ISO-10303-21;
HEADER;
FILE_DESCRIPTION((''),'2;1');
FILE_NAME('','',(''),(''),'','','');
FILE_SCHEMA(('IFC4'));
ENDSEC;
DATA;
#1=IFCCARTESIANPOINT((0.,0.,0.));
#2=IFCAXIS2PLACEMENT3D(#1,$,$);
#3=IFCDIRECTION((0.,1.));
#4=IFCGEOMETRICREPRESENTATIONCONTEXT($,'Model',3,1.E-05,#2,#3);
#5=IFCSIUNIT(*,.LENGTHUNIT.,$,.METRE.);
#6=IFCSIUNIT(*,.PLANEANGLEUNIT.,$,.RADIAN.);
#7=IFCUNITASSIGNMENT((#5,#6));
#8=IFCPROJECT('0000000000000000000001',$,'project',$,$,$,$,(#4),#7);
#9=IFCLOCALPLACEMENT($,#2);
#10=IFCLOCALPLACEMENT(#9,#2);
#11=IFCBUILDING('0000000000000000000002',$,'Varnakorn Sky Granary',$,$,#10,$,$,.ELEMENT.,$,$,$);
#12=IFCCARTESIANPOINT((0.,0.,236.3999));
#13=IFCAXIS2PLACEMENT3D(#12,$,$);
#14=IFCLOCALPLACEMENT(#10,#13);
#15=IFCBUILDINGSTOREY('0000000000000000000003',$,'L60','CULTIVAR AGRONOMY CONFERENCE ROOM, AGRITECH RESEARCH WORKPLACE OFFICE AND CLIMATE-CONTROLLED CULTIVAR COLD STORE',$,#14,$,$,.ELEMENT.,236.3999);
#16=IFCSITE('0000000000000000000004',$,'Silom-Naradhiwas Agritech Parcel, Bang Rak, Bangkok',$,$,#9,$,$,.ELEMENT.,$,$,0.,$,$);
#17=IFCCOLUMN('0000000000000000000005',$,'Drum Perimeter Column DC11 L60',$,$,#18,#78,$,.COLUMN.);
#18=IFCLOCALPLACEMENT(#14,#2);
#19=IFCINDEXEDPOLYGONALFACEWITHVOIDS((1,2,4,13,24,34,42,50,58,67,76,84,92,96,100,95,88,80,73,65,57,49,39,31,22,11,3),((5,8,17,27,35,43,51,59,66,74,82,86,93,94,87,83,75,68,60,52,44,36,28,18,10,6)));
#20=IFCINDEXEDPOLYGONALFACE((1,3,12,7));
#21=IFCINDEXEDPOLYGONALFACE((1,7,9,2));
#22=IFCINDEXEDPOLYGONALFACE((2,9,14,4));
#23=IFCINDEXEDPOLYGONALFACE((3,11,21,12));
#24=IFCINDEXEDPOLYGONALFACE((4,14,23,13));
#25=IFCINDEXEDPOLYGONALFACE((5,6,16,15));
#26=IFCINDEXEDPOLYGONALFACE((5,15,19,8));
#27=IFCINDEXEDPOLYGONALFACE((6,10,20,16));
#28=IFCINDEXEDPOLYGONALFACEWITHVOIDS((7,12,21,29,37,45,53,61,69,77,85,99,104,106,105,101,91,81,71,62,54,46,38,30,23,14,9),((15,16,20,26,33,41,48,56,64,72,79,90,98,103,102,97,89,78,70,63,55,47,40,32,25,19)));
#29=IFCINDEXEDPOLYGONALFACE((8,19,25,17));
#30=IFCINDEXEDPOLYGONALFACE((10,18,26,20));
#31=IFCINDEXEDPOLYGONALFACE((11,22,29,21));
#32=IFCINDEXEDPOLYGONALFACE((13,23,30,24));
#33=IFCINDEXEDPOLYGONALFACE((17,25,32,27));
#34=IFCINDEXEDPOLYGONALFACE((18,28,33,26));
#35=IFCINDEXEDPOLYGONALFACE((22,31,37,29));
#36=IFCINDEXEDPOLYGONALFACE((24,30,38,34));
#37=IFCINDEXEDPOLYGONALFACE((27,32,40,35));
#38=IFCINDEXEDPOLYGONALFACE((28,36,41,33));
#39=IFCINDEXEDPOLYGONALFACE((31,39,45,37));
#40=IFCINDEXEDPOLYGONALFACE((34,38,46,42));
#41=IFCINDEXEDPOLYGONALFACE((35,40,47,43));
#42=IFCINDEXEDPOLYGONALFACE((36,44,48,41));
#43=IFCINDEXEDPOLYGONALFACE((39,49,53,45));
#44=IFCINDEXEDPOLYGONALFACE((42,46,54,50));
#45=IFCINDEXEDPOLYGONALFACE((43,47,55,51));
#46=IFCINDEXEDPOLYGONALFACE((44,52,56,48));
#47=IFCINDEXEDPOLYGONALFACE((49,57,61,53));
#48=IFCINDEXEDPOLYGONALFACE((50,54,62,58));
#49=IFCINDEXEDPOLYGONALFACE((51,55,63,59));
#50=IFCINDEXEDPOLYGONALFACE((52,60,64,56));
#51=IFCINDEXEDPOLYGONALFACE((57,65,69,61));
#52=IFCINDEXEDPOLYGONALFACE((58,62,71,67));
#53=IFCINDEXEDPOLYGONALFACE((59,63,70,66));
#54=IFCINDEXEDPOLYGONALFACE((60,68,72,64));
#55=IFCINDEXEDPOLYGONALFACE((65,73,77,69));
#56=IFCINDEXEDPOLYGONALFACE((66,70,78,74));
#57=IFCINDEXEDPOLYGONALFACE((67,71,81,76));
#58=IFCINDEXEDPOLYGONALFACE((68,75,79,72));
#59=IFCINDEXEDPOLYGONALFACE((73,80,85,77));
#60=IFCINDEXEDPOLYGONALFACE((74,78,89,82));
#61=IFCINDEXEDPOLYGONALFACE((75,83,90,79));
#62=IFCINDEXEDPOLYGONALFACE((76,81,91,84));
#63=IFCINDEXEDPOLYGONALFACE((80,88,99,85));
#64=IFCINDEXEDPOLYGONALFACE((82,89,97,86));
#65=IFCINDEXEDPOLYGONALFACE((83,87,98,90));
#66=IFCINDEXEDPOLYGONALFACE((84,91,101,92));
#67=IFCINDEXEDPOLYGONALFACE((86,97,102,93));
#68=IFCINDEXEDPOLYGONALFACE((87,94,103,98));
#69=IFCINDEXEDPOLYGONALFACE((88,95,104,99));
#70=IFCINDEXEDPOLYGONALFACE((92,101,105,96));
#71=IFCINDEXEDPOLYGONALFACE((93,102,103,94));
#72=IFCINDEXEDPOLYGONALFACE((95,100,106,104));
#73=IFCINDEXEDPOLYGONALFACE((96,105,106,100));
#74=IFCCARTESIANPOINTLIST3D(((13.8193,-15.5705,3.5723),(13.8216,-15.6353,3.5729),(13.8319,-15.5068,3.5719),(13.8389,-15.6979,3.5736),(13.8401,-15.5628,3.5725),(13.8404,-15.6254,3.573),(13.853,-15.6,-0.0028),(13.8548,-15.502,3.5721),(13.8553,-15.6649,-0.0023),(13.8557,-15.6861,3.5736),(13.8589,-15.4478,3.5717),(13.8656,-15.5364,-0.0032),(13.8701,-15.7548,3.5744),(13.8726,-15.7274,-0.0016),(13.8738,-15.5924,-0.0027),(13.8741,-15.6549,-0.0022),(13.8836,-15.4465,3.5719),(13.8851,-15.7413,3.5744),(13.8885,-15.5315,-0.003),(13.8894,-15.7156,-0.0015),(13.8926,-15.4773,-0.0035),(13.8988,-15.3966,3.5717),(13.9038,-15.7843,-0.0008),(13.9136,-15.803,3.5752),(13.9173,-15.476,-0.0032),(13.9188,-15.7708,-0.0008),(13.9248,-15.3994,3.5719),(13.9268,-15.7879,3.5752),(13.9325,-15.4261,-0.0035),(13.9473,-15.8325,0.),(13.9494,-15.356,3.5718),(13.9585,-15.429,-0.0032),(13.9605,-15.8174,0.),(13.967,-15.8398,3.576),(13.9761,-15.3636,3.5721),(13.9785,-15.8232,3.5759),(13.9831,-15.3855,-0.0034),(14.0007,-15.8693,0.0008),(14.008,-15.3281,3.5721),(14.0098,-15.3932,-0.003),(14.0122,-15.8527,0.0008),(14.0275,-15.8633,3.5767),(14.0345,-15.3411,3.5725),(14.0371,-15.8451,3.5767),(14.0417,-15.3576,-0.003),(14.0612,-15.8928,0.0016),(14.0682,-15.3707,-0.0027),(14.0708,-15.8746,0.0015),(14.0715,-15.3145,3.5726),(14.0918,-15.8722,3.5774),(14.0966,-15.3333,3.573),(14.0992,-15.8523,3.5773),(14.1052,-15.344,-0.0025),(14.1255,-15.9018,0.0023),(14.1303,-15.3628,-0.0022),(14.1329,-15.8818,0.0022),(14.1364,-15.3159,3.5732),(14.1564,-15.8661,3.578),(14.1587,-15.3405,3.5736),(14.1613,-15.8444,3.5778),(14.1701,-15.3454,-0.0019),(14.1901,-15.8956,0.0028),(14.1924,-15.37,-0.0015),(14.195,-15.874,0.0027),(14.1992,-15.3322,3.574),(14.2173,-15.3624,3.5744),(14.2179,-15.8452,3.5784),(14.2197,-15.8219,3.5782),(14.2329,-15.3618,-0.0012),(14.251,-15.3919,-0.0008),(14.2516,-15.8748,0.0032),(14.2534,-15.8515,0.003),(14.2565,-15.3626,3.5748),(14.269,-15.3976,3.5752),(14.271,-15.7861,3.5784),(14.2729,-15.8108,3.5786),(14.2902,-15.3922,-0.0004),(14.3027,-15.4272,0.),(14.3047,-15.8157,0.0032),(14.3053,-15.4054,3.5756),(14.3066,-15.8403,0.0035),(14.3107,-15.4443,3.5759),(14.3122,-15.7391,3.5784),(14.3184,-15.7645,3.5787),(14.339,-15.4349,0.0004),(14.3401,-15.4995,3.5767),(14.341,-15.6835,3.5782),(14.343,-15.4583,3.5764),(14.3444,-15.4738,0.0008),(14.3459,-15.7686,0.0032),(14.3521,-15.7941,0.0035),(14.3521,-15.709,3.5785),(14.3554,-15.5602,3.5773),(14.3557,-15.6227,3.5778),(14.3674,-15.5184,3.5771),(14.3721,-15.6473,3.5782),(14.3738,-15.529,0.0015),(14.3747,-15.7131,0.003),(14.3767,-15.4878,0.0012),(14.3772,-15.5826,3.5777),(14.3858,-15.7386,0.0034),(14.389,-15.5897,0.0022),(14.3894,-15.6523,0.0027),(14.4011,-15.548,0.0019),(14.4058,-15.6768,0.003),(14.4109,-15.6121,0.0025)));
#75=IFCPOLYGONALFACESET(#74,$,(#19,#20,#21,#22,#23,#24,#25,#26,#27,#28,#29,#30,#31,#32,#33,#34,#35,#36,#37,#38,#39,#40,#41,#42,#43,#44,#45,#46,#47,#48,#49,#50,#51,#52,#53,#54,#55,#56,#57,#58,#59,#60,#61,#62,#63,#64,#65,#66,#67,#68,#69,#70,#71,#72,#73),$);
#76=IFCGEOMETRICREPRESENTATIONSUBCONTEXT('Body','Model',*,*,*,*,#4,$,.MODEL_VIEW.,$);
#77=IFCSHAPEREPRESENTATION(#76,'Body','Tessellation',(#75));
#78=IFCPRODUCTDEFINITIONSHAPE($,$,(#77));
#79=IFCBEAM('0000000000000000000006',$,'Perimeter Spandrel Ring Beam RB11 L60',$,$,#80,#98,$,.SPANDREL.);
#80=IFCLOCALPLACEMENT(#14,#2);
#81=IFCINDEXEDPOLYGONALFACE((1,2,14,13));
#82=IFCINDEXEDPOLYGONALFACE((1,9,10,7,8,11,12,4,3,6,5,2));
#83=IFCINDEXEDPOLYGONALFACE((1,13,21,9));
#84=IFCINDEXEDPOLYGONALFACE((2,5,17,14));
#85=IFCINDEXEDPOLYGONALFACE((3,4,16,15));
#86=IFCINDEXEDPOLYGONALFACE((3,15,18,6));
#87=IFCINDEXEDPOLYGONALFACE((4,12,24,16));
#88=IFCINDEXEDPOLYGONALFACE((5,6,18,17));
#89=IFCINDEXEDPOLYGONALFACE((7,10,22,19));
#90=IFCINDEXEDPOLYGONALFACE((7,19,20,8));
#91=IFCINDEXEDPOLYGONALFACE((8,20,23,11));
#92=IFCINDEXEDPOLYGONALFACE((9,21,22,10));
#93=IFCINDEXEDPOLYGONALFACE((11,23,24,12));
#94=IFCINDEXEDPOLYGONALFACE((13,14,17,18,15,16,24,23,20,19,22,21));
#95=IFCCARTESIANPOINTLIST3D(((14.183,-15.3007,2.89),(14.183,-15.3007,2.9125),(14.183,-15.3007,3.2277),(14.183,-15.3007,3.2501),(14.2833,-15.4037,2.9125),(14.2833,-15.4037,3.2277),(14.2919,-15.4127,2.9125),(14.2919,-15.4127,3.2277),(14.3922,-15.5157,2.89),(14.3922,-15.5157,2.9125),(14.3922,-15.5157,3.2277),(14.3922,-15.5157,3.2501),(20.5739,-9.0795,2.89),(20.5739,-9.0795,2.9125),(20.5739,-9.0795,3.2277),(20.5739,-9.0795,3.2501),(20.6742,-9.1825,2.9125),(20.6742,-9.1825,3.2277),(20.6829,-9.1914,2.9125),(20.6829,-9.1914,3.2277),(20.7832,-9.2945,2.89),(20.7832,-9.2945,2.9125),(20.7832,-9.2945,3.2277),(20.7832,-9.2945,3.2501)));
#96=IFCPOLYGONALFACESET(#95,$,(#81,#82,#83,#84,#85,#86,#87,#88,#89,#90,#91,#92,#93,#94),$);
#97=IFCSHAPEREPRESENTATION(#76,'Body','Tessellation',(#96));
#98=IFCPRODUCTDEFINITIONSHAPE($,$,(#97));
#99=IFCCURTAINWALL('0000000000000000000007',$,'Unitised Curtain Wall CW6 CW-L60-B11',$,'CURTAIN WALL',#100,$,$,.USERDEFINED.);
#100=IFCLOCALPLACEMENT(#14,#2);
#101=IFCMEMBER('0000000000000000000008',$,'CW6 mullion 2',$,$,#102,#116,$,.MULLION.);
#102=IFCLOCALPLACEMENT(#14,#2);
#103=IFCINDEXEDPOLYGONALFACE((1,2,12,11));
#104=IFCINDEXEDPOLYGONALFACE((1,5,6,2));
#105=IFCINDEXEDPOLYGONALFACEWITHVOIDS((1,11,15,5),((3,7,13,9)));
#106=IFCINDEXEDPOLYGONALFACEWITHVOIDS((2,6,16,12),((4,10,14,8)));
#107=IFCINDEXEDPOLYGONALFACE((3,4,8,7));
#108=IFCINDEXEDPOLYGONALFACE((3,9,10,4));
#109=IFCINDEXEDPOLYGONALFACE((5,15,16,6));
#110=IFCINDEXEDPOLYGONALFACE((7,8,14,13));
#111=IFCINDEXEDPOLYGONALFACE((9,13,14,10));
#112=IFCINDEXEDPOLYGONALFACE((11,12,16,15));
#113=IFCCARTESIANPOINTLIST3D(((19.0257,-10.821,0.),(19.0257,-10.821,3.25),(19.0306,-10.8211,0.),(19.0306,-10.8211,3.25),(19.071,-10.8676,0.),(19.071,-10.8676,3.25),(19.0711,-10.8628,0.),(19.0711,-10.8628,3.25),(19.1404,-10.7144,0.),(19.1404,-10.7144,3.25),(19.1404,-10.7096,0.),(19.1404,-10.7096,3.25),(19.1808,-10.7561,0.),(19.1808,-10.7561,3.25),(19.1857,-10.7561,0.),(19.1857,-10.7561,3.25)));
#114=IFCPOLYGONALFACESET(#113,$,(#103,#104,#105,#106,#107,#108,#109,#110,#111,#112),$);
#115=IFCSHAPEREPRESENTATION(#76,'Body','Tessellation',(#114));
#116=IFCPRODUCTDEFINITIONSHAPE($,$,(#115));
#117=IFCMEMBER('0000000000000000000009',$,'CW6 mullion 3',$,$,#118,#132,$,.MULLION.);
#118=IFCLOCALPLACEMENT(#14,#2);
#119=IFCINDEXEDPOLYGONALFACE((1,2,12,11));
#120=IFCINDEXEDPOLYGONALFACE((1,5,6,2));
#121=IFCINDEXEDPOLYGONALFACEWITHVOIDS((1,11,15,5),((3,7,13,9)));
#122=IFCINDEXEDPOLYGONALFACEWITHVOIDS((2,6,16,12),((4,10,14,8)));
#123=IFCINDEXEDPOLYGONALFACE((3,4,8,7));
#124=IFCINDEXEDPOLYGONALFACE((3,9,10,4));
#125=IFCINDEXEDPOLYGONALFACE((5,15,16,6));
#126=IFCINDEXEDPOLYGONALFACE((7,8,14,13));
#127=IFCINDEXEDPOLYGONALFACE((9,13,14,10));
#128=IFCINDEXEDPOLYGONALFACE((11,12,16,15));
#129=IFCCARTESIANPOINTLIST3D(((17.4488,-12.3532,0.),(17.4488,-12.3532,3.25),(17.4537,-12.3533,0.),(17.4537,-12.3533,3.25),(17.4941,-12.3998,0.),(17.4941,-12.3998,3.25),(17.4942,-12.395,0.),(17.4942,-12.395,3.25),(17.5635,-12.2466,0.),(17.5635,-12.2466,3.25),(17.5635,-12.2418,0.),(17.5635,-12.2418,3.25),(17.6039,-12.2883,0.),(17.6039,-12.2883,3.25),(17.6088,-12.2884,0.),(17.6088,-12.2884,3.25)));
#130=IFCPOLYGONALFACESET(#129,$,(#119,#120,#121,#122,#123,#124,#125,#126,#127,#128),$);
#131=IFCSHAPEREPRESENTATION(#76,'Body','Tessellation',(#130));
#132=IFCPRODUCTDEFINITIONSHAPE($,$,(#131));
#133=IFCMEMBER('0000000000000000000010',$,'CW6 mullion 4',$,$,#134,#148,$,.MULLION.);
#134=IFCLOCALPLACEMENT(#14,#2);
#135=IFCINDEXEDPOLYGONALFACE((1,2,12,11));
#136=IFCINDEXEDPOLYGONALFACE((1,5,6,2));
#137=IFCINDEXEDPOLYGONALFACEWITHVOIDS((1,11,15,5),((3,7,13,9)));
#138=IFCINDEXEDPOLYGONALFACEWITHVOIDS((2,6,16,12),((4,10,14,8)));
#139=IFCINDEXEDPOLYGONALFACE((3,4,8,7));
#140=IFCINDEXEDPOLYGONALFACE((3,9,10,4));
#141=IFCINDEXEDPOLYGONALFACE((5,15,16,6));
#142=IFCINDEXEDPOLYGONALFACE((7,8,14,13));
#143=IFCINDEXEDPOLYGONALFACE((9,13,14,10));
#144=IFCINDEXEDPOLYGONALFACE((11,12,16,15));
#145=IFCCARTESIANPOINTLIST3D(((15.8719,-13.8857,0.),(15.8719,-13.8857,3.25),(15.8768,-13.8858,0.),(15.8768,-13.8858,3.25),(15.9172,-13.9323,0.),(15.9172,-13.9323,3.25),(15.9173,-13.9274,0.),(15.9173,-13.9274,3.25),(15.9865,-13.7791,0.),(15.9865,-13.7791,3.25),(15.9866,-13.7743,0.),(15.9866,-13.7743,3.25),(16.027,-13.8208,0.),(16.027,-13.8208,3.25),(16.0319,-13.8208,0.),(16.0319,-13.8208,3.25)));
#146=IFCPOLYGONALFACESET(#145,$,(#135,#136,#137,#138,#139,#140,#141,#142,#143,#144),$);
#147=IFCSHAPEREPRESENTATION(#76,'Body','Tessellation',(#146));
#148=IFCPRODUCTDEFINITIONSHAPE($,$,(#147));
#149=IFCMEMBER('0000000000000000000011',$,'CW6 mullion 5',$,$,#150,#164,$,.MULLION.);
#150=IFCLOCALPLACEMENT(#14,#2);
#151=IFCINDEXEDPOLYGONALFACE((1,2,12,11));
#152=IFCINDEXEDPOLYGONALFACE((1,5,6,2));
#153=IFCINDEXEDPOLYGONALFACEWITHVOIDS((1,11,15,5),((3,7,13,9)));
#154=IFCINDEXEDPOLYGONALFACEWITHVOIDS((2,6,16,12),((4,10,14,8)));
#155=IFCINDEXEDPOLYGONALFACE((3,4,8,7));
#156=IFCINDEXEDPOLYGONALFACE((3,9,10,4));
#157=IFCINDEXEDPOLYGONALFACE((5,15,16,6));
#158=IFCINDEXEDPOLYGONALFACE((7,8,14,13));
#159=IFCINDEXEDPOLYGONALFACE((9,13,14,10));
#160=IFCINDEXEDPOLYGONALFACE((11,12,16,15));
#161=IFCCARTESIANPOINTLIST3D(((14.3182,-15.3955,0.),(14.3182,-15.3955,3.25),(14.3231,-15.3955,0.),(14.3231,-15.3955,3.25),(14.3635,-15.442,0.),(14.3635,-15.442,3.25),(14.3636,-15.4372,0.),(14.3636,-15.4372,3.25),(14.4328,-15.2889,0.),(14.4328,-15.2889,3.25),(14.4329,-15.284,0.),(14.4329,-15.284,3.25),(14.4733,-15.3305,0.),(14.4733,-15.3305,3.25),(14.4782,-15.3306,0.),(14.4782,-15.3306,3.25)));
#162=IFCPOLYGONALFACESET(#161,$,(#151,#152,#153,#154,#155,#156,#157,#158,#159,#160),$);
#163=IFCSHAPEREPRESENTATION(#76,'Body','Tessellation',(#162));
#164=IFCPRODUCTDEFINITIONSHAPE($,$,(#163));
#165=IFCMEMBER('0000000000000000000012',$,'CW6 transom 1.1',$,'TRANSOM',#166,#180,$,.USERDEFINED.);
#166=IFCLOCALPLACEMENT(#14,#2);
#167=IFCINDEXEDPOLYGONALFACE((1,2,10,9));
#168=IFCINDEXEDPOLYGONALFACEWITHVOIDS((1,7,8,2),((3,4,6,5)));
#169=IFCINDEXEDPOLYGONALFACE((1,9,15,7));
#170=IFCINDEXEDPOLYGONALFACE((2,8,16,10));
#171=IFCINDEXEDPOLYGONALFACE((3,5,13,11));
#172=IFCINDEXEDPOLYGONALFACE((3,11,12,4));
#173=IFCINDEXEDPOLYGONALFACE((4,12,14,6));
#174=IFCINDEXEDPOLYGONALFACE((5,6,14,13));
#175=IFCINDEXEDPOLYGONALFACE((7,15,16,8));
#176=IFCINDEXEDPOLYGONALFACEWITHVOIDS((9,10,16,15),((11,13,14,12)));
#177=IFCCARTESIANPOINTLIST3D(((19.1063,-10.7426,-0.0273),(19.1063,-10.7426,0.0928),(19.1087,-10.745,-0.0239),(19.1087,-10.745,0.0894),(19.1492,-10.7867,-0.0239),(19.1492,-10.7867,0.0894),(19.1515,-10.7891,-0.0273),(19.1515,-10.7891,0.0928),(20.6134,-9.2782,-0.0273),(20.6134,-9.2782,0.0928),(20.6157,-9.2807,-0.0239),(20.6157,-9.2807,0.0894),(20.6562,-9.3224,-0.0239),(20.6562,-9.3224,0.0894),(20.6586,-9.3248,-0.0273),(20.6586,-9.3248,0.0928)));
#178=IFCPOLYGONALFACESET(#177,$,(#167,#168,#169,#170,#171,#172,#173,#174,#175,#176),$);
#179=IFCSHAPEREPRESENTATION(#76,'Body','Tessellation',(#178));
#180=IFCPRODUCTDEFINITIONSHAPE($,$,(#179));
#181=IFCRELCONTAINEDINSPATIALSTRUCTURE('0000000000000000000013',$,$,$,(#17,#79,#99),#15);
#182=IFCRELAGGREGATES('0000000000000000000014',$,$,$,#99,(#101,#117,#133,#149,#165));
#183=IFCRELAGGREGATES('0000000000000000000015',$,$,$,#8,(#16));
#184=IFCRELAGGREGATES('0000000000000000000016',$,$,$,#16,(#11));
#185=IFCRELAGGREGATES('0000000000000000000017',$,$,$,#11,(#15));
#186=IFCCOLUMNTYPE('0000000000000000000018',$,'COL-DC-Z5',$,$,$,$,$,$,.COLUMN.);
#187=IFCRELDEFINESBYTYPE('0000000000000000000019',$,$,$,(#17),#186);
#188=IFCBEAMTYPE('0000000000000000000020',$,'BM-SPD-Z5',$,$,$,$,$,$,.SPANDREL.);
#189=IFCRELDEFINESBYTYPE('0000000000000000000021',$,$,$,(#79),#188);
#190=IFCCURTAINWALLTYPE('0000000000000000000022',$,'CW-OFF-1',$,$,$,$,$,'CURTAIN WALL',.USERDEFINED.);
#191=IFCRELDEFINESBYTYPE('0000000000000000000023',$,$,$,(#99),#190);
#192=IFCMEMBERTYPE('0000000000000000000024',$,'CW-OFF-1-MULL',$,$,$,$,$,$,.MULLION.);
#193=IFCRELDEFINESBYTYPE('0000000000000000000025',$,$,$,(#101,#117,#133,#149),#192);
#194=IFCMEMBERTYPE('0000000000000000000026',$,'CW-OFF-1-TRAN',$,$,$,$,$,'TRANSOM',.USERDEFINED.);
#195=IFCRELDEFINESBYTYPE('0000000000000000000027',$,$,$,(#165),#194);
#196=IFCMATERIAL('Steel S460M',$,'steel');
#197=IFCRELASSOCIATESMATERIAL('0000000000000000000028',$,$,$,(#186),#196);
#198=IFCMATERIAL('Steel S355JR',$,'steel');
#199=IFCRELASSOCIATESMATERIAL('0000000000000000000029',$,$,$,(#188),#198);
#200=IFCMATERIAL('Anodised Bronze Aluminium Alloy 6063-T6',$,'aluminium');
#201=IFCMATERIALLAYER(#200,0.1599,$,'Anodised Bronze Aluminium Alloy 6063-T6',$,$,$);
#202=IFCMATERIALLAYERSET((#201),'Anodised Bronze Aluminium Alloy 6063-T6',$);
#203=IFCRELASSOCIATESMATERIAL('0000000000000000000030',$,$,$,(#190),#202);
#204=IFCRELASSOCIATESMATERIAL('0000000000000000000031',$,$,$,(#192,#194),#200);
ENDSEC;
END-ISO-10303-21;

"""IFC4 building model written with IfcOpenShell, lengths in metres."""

from ifc_helpers import new_model, si_unit, direction, frame, origin, origin_2d, place, context, subcontext, project, spatial, hollow_rectangle, hollow_circle, i_section, extrude, material, layer, layer_set, material_profile, profile_set, type_object, element, aggregate, save


model = new_model("IFC4")

# Units and contexts
model_context = context("Model", 3, precision=1e-05, world=origin(), true_north=direction((0.0, 1.0)))
body_context = subcontext(model_context, "Body", "Model", "MODEL_VIEW")
ifc_project = project(units=[si_unit("LENGTHUNIT", "METRE"), si_unit("PLANEANGLEUNIT", "RADIAN")], contexts=[model_context])

# Site, building, storey
site_placement = place(None, origin())
site = spatial("IfcSite", under=ifc_project, at=site_placement, Name="Silom-Naradhiwas Agritech Parcel, Bang Rak, Bangkok", CompositionType="ELEMENT", RefElevation=0.0)
building_placement = place(site_placement, origin())
building = spatial("IfcBuilding", under=site, at=building_placement, Name="Varnakorn Sky Granary", CompositionType="ELEMENT")
storey_placement = place(building_placement, frame((0.0, 0.0, 236.3999)))
storey = spatial("IfcBuildingStorey", under=building, at=storey_placement, Name="L60", Description="CULTIVAR AGRONOMY CONFERENCE ROOM, AGRITECH RESEARCH WORKPLACE OFFICE AND CLIMATE-CONTROLLED CULTIVAR COLD STORE", CompositionType="ELEMENT", Elevation=236.3999)

# Column
ifc_material_1 = material(Name="Steel S460M", Category="steel")
ifc_material_profile_1 = material_profile(ifc_material_1, hollow_circle(Radius=0.2795, WallThickness=0.02, at=origin_2d()), Name="CHS 559x20")
ifc_profile_set_1 = profile_set([ifc_material_profile_1], Name="Steel S460M")
column_type = type_object("IfcColumnType", Name="COL-DC-Z5", PredefinedType="COLUMN", material=ifc_profile_set_1)
column_placement = place(storey_placement, frame((14.1316, -15.6223, 0.0), z_axis=(-0.009423, 0.008262, 0.999921), x_axis=(-0.659276, -0.751901, 0.0)))
element("IfcColumn", 1, at=column_placement, inside=storey, type_object=column_type, Name="Drum Perimeter Column DC11 L60", PredefinedType="COLUMN", context=body_context, shape_type="SweptSolid", body=[
    extrude(hollow_circle(Radius=0.2795, WallThickness=0.02, at=origin_2d()), origin(), (0.0, 0.0, 1.0), 3.5754),
])

# Beam
ifc_material_2 = material(Name="Steel S355JR", Category="steel")
ifc_material_profile_2 = material_profile(ifc_material_2, i_section(OverallWidth=0.3, OverallDepth=0.3601, WebThickness=0.0125, FlangeThickness=0.0225, at=origin_2d()), Name="HE 360 B")
ifc_profile_set_2 = profile_set([ifc_material_profile_2], Name="Steel S355JR")
beam_type = type_object("IfcBeamType", Name="BM-SPD-Z5", PredefinedType="SPANDREL", material=ifc_profile_set_2)
beam_placement = place(storey_placement, frame((14.2876, -15.4082, 3.0701), z_axis=(0.716555, 0.697531, 0.0), x_axis=(-0.697531, 0.716555, 0.0)))
element("IfcBeam", 2, at=beam_placement, inside=storey, type_object=beam_type, Name="Perimeter Spandrel Ring Beam RB11 L60", PredefinedType="SPANDREL", context=body_context, shape_type="SweptSolid", body=[
    extrude(i_section(OverallWidth=0.3, OverallDepth=0.3601, WebThickness=0.0125, FlangeThickness=0.0225, at=origin_2d()), origin(), (0.0, 0.0, 1.0), 8.9189),
])

# Curtain wall, members
ifc_material_3 = material(Name="Anodised Bronze Aluminium Alloy 6063-T6", Category="aluminium")
ifc_layer_1 = layer(ifc_material_3, 0.1599, Name="Anodised Bronze Aluminium Alloy 6063-T6")
ifc_layer_set_1 = layer_set([ifc_layer_1], Name="Anodised Bronze Aluminium Alloy 6063-T6")
curtain_wall_type = type_object("IfcCurtainWallType", Name="CW-OFF-1", ElementType="CURTAIN WALL", PredefinedType="USERDEFINED", material=ifc_layer_set_1)
curtain_wall_placement = place(storey_placement, origin())
curtain_wall = element("IfcCurtainWall", 3, at=curtain_wall_placement, inside=storey, type_object=curtain_wall_type, Name="Unitised Curtain Wall CW6 CW-L60-B11", ObjectType="CURTAIN WALL", PredefinedType="USERDEFINED")
ifc_material_profile_3 = material_profile(ifc_material_3, hollow_rectangle(XDim=0.0649, YDim=0.1599, WallThickness=0.0034, at=origin_2d()), Name="ALU MULL 65x160")
ifc_profile_set_3 = profile_set([ifc_material_profile_3], Name="Anodised Bronze Aluminium Alloy 6063-T6")
member_type_1 = type_object("IfcMemberType", Name="CW-OFF-1-MULL", PredefinedType="MULLION", material=ifc_profile_set_3)
member_1_placement = place(storey_placement, frame((19.1057, -10.7886, 0.0), z_axis=(0.0, 0.0, 1.0), x_axis=(0.696915, -0.717154, 0.0)))
member_1 = element("IfcMember", 4, at=member_1_placement, type_object=member_type_1, Name="CW6 mullion 2", PredefinedType="MULLION", context=body_context, shape_type="SweptSolid", body=[
    extrude(hollow_rectangle(XDim=0.0649, YDim=0.1599, WallThickness=0.0034, at=origin_2d()), origin(), (0.0, 0.0, 1.0), 3.25),
])
member_2_placement = place(storey_placement, frame((17.5288, -12.3208, 0.0), z_axis=(0.0, 0.0, 1.0), x_axis=(0.696915, -0.717154, 0.0)))
member_2 = element("IfcMember", 5, at=member_2_placement, type_object=member_type_1, Name="CW6 mullion 3", PredefinedType="MULLION", context=body_context, shape_type="SweptSolid", body=[
    extrude(hollow_rectangle(XDim=0.0649, YDim=0.1599, WallThickness=0.0034, at=origin_2d()), origin(), (0.0, 0.0, 1.0), 3.25),
])
member_3_placement = place(storey_placement, frame((15.9519, -13.8533, 0.0), z_axis=(0.0, 0.0, 1.0), x_axis=(0.696915, -0.717154, 0.0)))
member_3 = element("IfcMember", 6, at=member_3_placement, type_object=member_type_1, Name="CW6 mullion 4", PredefinedType="MULLION", context=body_context, shape_type="SweptSolid", body=[
    extrude(hollow_rectangle(XDim=0.0649, YDim=0.1599, WallThickness=0.0034, at=origin_2d()), origin(), (0.0, 0.0, 1.0), 3.25),
])
member_4_placement = place(storey_placement, frame((14.3982, -15.363, 0.0), z_axis=(0.0, 0.0, 1.0), x_axis=(0.696915, -0.717154, 0.0)))
member_4 = element("IfcMember", 7, at=member_4_placement, type_object=member_type_1, Name="CW6 mullion 5", PredefinedType="MULLION", context=body_context, shape_type="SweptSolid", body=[
    extrude(hollow_rectangle(XDim=0.0649, YDim=0.1599, WallThickness=0.0034, at=origin_2d()), origin(), (0.0, 0.0, 1.0), 3.25),
])
ifc_material_profile_4 = material_profile(ifc_material_3, hollow_rectangle(XDim=0.0649, YDim=0.1201, WallThickness=0.0034, at=origin_2d()), Name="ALU TRAN 65x120")
ifc_profile_set_4 = profile_set([ifc_material_profile_4], Name="Anodised Bronze Aluminium Alloy 6063-T6")
member_type_2 = type_object("IfcMemberType", Name="CW-OFF-1-TRAN", ElementType="TRANSOM", PredefinedType="USERDEFINED", material=ifc_profile_set_4)
member_5_placement = place(storey_placement, frame((20.636, -9.3015, 0.0327), z_axis=(-0.7172, -0.696868, 0.0), x_axis=(0.696868, -0.7172, 0.0)))
member_5 = element("IfcMember", 8, at=member_5_placement, type_object=member_type_2, Name="CW6 transom 1.1", ObjectType="TRANSOM", PredefinedType="USERDEFINED", context=body_context, shape_type="SweptSolid", body=[
    extrude(hollow_rectangle(XDim=0.0649, YDim=0.1201, WallThickness=0.0034, at=origin_2d()), origin(), (0.0, 0.0, 1.0), 2.1013),
])

aggregate(curtain_wall, [member_1, member_2, member_3, member_4, member_5])

save(model, "model.ifc")
